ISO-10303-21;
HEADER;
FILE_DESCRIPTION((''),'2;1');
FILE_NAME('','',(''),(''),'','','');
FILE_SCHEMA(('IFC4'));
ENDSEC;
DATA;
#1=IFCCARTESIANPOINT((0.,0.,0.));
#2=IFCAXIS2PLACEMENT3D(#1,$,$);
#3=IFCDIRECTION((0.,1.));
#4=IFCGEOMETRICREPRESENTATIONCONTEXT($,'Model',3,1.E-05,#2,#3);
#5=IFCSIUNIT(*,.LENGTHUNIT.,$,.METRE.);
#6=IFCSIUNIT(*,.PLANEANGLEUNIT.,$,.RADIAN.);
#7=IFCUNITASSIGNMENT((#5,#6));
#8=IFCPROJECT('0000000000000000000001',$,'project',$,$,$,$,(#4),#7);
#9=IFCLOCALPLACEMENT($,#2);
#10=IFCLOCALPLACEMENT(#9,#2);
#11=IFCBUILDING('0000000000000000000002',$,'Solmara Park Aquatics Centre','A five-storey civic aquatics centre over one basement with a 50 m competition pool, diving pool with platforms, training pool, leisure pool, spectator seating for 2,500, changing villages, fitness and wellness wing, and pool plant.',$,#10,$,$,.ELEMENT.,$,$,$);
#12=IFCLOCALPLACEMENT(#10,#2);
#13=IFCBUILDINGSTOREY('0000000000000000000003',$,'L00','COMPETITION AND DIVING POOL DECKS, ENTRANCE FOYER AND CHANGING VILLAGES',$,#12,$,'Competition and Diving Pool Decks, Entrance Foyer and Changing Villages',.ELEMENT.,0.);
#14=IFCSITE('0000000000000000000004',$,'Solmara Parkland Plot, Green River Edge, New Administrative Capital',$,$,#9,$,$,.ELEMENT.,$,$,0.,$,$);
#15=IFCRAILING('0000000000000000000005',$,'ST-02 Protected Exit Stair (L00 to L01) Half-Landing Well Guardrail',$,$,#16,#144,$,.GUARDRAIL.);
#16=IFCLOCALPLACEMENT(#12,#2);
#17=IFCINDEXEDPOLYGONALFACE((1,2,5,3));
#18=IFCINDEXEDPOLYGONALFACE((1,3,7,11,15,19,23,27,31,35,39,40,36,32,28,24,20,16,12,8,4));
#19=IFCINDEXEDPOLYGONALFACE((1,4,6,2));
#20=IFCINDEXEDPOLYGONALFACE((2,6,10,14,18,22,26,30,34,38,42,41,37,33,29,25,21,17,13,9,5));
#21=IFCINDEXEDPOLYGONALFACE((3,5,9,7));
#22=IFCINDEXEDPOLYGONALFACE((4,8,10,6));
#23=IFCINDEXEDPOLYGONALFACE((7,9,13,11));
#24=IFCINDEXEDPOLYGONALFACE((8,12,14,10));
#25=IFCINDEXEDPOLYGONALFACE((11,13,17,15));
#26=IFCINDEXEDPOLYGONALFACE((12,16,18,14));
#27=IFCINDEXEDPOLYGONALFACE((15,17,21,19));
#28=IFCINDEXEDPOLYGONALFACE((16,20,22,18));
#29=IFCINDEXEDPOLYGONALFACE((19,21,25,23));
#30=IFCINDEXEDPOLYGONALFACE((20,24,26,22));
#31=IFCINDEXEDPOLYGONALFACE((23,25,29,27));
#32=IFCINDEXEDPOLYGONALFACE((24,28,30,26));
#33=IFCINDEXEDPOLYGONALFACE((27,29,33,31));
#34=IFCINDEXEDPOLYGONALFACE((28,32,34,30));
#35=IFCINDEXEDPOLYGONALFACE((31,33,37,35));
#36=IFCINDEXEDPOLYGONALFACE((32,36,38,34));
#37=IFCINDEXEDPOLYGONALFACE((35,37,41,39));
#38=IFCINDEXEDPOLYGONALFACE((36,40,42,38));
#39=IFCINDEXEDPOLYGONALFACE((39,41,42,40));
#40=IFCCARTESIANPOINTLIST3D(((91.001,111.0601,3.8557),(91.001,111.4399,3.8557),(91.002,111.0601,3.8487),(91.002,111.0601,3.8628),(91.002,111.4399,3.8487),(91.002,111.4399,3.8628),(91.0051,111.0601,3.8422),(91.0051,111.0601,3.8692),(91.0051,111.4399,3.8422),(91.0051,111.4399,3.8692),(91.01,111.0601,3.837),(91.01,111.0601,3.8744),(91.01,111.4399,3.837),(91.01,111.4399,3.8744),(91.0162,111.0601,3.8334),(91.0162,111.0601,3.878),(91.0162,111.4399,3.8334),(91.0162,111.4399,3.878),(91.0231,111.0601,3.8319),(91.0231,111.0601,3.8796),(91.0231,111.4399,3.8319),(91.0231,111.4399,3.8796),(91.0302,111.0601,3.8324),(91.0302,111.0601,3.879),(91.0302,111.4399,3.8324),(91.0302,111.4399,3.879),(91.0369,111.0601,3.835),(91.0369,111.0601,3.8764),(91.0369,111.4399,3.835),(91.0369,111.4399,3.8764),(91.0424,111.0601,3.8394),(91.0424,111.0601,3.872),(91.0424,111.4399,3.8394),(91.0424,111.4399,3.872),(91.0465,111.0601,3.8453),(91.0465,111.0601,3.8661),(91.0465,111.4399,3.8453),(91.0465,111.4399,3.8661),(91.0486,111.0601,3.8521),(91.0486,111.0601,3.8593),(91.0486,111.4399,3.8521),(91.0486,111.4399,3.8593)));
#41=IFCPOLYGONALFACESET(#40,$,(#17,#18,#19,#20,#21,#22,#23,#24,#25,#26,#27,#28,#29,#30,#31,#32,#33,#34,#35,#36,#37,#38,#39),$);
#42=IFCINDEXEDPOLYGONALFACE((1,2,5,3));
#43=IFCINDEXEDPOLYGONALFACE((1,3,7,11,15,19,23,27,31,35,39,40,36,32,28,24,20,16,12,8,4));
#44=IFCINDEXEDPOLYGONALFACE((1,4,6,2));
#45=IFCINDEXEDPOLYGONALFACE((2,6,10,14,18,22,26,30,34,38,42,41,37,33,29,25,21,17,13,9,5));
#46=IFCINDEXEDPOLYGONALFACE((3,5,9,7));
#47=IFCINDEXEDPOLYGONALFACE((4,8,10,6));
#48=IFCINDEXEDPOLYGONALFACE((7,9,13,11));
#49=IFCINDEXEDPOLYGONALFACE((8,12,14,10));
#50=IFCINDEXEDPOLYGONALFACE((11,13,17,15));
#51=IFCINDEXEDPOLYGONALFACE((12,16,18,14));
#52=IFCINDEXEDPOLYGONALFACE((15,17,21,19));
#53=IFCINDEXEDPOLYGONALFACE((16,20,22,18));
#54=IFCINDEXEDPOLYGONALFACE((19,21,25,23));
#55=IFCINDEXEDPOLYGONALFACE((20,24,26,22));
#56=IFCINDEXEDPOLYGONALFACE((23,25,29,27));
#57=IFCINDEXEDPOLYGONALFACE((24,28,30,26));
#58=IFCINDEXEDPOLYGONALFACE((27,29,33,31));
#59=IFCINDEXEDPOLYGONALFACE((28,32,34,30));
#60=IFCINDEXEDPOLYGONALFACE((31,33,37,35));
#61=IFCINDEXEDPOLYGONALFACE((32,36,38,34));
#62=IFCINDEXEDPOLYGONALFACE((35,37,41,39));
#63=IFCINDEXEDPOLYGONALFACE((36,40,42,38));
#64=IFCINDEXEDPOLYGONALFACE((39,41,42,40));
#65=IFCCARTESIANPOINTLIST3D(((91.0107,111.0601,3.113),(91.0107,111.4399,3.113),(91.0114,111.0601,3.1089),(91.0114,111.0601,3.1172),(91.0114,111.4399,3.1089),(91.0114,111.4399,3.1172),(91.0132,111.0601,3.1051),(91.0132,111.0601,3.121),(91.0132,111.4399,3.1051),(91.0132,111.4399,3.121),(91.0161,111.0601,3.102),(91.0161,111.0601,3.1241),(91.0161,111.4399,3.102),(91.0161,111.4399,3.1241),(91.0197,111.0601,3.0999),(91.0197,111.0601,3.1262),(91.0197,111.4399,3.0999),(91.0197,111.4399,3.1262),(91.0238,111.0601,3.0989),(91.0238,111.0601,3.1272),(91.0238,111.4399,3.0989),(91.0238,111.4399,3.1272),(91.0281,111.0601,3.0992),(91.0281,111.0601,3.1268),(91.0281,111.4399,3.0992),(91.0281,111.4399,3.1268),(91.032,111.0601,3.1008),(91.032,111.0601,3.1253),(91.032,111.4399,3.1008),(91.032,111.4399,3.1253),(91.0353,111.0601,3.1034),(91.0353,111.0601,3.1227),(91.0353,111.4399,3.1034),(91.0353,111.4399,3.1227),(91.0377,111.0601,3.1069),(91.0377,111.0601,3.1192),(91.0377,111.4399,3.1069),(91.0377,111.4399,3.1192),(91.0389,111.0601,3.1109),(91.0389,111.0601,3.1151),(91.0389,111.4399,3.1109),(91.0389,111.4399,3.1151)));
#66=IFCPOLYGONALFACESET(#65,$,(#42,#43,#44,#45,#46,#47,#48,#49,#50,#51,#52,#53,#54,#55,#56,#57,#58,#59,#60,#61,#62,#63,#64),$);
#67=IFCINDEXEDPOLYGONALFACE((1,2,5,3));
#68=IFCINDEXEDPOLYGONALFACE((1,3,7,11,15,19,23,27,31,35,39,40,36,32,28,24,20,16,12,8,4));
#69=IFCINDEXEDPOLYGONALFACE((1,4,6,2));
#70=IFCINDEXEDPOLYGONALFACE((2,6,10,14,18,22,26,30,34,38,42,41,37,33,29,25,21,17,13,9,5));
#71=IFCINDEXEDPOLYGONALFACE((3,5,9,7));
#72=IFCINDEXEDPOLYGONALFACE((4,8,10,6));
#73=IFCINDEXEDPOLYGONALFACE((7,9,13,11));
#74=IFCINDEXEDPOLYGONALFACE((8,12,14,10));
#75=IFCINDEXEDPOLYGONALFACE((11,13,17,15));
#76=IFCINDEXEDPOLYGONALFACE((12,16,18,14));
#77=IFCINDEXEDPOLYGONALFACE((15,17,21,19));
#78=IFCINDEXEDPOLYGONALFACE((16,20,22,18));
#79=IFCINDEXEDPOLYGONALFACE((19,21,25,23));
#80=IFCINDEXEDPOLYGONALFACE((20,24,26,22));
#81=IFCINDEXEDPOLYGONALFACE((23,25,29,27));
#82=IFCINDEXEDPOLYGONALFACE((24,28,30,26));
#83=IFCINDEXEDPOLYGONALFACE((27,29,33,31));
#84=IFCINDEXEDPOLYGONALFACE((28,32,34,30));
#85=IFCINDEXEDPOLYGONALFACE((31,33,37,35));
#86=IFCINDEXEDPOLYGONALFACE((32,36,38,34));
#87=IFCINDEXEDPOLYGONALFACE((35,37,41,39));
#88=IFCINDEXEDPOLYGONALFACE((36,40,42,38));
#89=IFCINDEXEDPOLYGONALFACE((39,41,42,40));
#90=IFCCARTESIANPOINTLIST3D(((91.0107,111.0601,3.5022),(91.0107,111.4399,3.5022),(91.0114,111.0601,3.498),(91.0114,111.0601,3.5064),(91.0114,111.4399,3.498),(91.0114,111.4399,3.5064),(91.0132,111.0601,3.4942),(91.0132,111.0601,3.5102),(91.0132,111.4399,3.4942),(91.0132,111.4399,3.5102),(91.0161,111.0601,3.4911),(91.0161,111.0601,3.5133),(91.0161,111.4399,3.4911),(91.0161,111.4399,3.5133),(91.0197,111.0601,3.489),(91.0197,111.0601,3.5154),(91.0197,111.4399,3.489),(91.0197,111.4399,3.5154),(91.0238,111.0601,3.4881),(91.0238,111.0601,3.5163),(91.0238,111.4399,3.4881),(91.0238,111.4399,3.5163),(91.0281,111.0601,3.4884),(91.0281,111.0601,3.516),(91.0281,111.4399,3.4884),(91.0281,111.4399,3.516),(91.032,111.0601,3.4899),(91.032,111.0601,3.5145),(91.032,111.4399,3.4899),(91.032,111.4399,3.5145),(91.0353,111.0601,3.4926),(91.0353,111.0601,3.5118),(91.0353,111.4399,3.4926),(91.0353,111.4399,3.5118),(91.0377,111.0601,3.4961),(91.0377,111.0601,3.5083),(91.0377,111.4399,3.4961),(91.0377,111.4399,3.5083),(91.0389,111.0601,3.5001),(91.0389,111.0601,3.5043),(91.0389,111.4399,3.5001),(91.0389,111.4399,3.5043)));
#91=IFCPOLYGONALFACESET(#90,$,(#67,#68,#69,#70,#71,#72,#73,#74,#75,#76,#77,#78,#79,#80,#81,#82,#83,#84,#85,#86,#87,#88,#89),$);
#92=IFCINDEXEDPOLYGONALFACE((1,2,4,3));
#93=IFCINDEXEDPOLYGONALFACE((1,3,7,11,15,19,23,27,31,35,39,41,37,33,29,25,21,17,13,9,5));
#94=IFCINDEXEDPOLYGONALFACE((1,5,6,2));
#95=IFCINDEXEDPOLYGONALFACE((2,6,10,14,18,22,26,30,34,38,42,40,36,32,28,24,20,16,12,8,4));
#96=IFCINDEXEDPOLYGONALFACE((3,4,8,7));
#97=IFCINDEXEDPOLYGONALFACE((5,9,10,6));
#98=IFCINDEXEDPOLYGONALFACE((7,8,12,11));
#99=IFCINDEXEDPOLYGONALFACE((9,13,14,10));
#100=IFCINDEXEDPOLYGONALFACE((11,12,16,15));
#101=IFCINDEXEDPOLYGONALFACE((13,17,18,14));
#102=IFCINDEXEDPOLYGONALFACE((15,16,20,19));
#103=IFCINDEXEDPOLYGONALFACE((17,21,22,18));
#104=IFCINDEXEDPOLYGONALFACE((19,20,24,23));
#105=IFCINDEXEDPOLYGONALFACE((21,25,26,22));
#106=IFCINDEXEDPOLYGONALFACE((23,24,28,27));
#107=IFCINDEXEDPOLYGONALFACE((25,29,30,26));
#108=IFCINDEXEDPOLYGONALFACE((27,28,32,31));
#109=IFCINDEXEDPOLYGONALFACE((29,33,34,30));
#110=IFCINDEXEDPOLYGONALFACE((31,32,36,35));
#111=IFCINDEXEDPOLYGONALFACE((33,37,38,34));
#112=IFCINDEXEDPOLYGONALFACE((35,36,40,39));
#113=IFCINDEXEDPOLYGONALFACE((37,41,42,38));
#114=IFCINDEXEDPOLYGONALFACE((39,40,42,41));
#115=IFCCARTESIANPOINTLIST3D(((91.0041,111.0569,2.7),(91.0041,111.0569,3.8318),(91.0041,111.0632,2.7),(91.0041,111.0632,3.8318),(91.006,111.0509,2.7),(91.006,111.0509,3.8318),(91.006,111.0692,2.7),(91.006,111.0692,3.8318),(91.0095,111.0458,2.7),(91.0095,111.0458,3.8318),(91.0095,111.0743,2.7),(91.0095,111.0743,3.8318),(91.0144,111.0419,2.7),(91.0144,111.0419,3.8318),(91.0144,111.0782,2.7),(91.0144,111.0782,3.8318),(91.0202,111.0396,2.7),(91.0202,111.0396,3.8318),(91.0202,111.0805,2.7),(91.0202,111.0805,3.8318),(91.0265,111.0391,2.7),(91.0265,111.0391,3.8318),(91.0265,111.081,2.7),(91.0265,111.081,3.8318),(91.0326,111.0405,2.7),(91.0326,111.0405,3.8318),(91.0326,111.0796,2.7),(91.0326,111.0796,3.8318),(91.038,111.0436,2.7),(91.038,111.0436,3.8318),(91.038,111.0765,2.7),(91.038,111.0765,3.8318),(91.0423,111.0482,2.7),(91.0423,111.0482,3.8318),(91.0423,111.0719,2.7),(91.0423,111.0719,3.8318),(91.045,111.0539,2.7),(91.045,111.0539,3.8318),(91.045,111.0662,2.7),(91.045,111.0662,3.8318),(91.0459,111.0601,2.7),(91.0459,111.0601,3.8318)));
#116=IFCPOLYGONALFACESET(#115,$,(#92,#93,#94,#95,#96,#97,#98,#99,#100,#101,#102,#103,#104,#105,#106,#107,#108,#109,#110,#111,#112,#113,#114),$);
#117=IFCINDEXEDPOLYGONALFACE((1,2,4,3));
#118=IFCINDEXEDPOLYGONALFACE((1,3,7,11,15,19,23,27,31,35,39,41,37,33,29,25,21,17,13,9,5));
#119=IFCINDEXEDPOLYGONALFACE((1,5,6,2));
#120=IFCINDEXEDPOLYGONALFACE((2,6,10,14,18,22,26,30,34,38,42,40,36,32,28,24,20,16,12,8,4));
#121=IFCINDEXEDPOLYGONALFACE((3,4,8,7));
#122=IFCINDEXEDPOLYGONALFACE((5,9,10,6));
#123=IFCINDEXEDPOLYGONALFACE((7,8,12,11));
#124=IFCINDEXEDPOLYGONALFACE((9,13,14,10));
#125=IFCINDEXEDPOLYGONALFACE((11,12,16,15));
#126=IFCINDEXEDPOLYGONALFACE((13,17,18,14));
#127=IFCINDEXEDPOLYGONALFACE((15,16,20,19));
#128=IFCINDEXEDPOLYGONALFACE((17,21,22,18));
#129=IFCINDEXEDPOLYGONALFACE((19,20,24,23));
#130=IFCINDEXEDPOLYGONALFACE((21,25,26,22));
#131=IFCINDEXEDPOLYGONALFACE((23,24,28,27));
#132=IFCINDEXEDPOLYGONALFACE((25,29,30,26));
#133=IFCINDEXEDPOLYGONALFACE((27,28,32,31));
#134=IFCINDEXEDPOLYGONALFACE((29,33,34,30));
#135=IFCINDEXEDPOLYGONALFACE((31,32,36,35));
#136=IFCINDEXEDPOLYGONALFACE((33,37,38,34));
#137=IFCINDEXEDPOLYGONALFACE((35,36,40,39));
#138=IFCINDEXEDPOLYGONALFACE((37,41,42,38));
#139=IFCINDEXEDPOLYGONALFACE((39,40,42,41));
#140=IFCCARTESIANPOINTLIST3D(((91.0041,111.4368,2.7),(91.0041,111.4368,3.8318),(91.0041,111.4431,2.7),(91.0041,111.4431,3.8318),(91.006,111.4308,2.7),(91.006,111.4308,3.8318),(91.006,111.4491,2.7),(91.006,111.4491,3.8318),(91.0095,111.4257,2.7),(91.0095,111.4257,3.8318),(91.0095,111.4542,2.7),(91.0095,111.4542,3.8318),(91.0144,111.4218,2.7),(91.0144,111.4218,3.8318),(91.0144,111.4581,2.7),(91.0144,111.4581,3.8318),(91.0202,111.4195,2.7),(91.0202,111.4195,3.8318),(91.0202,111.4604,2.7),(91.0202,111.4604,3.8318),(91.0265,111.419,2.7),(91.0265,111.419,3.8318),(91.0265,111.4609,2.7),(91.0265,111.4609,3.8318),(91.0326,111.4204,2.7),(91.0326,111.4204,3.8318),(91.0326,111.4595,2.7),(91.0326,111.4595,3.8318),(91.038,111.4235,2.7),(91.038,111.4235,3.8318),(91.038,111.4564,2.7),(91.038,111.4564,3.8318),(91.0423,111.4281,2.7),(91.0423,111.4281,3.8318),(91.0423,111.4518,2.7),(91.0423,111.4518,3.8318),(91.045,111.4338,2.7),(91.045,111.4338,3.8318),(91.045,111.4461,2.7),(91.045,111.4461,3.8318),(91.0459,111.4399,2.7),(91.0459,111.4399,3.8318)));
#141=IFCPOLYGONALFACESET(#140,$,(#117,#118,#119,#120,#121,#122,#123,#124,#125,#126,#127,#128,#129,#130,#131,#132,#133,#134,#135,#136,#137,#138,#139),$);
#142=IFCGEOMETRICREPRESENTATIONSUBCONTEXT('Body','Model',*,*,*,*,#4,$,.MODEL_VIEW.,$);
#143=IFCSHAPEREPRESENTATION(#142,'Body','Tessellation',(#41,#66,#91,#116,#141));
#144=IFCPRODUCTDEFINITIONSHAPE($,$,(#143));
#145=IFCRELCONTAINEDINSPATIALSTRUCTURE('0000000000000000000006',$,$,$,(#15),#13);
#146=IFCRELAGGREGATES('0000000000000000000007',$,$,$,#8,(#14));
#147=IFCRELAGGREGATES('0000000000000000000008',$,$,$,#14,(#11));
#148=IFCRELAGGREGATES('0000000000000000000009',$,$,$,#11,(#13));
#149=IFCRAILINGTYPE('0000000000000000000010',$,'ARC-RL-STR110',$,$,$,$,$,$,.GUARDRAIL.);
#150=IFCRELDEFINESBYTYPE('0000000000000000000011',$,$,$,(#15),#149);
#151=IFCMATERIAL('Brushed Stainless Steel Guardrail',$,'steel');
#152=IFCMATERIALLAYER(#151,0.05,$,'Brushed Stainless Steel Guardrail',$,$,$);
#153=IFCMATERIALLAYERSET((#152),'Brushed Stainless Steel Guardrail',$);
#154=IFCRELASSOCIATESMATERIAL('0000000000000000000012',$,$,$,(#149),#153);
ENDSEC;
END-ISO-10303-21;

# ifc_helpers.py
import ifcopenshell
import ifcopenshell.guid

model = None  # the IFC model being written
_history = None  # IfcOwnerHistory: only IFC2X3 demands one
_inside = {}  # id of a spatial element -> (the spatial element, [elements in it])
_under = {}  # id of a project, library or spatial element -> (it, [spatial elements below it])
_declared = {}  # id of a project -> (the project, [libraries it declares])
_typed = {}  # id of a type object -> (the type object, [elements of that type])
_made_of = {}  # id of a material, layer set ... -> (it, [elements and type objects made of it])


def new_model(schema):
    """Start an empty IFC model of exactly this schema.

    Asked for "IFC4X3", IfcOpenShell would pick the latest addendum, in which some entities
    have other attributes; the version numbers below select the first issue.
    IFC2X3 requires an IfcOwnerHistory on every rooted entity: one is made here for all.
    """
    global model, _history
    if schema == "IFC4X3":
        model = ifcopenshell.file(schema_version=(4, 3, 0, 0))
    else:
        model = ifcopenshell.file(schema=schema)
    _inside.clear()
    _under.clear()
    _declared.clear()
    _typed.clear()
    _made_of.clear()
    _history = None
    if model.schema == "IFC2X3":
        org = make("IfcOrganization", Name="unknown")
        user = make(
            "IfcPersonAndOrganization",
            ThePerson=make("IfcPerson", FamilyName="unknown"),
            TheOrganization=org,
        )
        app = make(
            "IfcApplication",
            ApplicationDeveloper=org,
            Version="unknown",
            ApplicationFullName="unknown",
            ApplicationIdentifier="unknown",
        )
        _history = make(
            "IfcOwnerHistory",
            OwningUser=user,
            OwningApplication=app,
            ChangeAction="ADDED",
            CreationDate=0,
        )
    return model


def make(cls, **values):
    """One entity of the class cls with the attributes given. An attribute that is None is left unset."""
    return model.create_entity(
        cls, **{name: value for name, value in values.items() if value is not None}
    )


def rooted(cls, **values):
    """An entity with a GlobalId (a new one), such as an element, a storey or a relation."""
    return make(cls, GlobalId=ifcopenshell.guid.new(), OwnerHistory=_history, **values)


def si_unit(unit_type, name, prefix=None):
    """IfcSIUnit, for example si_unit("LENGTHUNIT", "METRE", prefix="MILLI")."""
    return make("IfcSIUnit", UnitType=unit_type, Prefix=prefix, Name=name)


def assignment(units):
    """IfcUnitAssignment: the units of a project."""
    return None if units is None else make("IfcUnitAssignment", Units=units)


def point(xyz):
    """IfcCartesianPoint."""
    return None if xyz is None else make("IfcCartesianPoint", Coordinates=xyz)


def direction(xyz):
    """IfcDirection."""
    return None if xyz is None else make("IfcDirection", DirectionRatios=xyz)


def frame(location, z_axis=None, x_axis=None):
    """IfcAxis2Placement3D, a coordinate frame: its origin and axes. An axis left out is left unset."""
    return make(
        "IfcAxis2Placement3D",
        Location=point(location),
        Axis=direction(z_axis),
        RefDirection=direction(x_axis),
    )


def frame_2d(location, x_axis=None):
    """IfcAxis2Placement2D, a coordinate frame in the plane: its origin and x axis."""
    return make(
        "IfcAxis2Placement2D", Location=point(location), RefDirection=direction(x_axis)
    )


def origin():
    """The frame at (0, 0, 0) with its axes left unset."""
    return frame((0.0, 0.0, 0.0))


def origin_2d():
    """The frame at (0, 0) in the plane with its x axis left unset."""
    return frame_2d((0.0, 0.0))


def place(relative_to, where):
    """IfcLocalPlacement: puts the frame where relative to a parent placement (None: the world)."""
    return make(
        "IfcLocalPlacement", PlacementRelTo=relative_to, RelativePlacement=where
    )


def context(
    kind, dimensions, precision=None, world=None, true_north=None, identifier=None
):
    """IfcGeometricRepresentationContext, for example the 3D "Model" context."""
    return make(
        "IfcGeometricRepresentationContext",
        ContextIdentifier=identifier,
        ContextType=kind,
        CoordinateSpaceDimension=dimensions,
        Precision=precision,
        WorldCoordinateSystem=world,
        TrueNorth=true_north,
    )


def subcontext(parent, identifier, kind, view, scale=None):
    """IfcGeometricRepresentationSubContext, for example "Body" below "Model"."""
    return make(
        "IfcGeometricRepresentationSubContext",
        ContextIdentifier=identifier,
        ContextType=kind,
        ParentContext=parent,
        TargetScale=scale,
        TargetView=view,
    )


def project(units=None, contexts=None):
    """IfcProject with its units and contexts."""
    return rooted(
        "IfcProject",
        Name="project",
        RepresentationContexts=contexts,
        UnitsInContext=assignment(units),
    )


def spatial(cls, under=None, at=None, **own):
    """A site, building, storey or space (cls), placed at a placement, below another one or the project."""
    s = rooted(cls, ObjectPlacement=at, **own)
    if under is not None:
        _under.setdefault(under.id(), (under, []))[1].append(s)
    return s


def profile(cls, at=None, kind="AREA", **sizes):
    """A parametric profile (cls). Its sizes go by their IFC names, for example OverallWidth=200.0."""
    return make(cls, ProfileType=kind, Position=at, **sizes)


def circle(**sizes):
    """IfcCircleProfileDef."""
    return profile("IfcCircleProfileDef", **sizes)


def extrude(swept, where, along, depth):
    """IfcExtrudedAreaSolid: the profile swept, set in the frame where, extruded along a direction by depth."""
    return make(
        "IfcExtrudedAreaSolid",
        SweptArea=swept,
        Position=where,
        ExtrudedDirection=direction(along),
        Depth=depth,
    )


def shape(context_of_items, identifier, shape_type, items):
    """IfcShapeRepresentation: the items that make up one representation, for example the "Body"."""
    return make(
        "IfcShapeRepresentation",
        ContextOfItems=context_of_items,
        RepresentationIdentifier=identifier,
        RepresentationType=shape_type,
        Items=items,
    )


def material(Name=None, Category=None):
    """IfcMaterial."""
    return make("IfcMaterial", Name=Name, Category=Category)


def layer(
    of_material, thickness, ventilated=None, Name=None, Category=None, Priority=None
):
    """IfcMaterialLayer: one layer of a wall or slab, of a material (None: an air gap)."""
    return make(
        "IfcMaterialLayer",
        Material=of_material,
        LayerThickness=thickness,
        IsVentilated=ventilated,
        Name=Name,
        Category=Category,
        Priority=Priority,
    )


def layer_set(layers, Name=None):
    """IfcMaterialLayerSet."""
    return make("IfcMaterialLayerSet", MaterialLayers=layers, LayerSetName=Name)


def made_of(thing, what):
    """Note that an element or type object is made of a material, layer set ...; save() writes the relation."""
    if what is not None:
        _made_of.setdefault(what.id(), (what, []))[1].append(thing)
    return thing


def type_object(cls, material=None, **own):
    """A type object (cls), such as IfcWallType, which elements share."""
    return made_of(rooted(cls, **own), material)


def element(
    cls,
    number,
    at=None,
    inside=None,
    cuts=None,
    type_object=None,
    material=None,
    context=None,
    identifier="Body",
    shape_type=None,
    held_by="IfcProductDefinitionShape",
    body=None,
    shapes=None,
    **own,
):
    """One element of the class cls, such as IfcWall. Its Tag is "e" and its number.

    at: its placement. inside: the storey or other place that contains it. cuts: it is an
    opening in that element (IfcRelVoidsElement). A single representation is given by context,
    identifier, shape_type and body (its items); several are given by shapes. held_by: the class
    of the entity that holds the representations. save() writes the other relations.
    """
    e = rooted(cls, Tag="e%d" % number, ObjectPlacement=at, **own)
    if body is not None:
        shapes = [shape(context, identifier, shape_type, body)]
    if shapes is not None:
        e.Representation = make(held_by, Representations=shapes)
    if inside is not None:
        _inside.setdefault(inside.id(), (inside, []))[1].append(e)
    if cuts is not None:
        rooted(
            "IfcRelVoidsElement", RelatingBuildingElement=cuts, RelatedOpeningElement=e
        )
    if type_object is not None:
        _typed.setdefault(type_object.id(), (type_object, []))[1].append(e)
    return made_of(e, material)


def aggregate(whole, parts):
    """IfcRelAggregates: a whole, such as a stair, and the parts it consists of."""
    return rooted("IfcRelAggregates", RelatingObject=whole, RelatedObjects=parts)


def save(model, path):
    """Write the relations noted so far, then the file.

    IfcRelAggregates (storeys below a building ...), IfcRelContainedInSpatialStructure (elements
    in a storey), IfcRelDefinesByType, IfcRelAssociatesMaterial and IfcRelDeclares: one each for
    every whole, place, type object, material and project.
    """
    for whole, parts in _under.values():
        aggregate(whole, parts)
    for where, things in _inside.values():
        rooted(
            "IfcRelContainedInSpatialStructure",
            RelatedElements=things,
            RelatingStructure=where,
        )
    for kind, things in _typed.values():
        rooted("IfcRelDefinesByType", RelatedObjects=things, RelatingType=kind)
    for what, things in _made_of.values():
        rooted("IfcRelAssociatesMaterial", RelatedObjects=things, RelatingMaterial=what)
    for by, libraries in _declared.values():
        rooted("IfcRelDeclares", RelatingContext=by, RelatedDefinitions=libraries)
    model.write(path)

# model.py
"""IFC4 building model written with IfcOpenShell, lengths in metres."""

from ifc_helpers import new_model, si_unit, direction, frame, origin, origin_2d, place, context, subcontext, project, spatial, circle, extrude, material, layer, layer_set, type_object, element, save


model = new_model("IFC4")

# Units and contexts
model_context = context("Model", 3, precision=1e-05, world=origin(), true_north=direction((0.0, 1.0)))
body_context = subcontext(model_context, "Body", "Model", "MODEL_VIEW")
ifc_project = project(units=[si_unit("LENGTHUNIT", "METRE"), si_unit("PLANEANGLEUNIT", "RADIAN")], contexts=[model_context])

# Site, building, storey
site_placement = place(None, origin())
site = spatial("IfcSite", under=ifc_project, at=site_placement, Name="Solmara Parkland Plot, Green River Edge, New Administrative Capital", CompositionType="ELEMENT", RefElevation=0.0)
building_placement = place(site_placement, origin())
building = spatial("IfcBuilding", under=site, at=building_placement, Name="Solmara Park Aquatics Centre", Description="A five-storey civic aquatics centre over one basement with a 50 m competition pool, diving pool with platforms, training pool, leisure pool, spectator seating for 2,500, changing villages, fitness and wellness wing, and pool plant.", CompositionType="ELEMENT")
storey_placement = place(building_placement, origin())
storey = spatial("IfcBuildingStorey", under=building, at=storey_placement, Name="L00", Description="COMPETITION AND DIVING POOL DECKS, ENTRANCE FOYER AND CHANGING VILLAGES", LongName="Competition and Diving Pool Decks, Entrance Foyer and Changing Villages", CompositionType="ELEMENT", Elevation=0.0)

# Railing
ifc_material_1 = material(Name="Brushed Stainless Steel Guardrail", Category="steel")
ifc_layer_1 = layer(ifc_material_1, 0.05, Name="Brushed Stainless Steel Guardrail")
ifc_layer_set_1 = layer_set([ifc_layer_1], Name="Brushed Stainless Steel Guardrail")
railing_type_1 = type_object("IfcRailingType", Name="ARC-RL-STR110", PredefinedType="GUARDRAIL", material=ifc_layer_set_1)
railing_1_placement = place(storey_placement, frame((91.0249, 111.0601, 2.7)))
element("IfcRailing", 1, at=railing_1_placement, inside=storey, type_object=railing_type_1, Name="ST-02 Protected Exit Stair (L00 to L01) Half-Landing Well Guardrail", PredefinedType="GUARDRAIL", context=body_context, shape_type="SweptSolid", body=[
    extrude(circle(Radius=0.0239, at=origin_2d()), frame((0.0, 0.0, 1.1558), z_axis=(0.0, 1.0, 0.0), x_axis=(-1.0, 0.0, 0.0)), (0.0, 0.0, 1.0), 0.3799),
    extrude(circle(Radius=0.0142, at=origin_2d()), frame((0.0, 0.0, 0.4131), z_axis=(0.0, 1.0, 0.0), x_axis=(-1.0, 0.0, 0.0)), (0.0, 0.0, 1.0), 0.3799),
    extrude(circle(Radius=0.0142, at=origin_2d()), frame((0.0, 0.0, 0.8022), z_axis=(0.0, 1.0, 0.0), x_axis=(-1.0, 0.0, 0.0)), (0.0, 0.0, 1.0), 0.3799),
    extrude(circle(Radius=0.021, at=origin_2d()), origin(), (0.0, 0.0, 1.0), 1.1318),
    extrude(circle(Radius=0.021, at=origin_2d()), frame((0.0, 0.3799, 0.0)), (0.0, 0.0, 1.0), 1.1318),
])

save(model, "model.ifc")
